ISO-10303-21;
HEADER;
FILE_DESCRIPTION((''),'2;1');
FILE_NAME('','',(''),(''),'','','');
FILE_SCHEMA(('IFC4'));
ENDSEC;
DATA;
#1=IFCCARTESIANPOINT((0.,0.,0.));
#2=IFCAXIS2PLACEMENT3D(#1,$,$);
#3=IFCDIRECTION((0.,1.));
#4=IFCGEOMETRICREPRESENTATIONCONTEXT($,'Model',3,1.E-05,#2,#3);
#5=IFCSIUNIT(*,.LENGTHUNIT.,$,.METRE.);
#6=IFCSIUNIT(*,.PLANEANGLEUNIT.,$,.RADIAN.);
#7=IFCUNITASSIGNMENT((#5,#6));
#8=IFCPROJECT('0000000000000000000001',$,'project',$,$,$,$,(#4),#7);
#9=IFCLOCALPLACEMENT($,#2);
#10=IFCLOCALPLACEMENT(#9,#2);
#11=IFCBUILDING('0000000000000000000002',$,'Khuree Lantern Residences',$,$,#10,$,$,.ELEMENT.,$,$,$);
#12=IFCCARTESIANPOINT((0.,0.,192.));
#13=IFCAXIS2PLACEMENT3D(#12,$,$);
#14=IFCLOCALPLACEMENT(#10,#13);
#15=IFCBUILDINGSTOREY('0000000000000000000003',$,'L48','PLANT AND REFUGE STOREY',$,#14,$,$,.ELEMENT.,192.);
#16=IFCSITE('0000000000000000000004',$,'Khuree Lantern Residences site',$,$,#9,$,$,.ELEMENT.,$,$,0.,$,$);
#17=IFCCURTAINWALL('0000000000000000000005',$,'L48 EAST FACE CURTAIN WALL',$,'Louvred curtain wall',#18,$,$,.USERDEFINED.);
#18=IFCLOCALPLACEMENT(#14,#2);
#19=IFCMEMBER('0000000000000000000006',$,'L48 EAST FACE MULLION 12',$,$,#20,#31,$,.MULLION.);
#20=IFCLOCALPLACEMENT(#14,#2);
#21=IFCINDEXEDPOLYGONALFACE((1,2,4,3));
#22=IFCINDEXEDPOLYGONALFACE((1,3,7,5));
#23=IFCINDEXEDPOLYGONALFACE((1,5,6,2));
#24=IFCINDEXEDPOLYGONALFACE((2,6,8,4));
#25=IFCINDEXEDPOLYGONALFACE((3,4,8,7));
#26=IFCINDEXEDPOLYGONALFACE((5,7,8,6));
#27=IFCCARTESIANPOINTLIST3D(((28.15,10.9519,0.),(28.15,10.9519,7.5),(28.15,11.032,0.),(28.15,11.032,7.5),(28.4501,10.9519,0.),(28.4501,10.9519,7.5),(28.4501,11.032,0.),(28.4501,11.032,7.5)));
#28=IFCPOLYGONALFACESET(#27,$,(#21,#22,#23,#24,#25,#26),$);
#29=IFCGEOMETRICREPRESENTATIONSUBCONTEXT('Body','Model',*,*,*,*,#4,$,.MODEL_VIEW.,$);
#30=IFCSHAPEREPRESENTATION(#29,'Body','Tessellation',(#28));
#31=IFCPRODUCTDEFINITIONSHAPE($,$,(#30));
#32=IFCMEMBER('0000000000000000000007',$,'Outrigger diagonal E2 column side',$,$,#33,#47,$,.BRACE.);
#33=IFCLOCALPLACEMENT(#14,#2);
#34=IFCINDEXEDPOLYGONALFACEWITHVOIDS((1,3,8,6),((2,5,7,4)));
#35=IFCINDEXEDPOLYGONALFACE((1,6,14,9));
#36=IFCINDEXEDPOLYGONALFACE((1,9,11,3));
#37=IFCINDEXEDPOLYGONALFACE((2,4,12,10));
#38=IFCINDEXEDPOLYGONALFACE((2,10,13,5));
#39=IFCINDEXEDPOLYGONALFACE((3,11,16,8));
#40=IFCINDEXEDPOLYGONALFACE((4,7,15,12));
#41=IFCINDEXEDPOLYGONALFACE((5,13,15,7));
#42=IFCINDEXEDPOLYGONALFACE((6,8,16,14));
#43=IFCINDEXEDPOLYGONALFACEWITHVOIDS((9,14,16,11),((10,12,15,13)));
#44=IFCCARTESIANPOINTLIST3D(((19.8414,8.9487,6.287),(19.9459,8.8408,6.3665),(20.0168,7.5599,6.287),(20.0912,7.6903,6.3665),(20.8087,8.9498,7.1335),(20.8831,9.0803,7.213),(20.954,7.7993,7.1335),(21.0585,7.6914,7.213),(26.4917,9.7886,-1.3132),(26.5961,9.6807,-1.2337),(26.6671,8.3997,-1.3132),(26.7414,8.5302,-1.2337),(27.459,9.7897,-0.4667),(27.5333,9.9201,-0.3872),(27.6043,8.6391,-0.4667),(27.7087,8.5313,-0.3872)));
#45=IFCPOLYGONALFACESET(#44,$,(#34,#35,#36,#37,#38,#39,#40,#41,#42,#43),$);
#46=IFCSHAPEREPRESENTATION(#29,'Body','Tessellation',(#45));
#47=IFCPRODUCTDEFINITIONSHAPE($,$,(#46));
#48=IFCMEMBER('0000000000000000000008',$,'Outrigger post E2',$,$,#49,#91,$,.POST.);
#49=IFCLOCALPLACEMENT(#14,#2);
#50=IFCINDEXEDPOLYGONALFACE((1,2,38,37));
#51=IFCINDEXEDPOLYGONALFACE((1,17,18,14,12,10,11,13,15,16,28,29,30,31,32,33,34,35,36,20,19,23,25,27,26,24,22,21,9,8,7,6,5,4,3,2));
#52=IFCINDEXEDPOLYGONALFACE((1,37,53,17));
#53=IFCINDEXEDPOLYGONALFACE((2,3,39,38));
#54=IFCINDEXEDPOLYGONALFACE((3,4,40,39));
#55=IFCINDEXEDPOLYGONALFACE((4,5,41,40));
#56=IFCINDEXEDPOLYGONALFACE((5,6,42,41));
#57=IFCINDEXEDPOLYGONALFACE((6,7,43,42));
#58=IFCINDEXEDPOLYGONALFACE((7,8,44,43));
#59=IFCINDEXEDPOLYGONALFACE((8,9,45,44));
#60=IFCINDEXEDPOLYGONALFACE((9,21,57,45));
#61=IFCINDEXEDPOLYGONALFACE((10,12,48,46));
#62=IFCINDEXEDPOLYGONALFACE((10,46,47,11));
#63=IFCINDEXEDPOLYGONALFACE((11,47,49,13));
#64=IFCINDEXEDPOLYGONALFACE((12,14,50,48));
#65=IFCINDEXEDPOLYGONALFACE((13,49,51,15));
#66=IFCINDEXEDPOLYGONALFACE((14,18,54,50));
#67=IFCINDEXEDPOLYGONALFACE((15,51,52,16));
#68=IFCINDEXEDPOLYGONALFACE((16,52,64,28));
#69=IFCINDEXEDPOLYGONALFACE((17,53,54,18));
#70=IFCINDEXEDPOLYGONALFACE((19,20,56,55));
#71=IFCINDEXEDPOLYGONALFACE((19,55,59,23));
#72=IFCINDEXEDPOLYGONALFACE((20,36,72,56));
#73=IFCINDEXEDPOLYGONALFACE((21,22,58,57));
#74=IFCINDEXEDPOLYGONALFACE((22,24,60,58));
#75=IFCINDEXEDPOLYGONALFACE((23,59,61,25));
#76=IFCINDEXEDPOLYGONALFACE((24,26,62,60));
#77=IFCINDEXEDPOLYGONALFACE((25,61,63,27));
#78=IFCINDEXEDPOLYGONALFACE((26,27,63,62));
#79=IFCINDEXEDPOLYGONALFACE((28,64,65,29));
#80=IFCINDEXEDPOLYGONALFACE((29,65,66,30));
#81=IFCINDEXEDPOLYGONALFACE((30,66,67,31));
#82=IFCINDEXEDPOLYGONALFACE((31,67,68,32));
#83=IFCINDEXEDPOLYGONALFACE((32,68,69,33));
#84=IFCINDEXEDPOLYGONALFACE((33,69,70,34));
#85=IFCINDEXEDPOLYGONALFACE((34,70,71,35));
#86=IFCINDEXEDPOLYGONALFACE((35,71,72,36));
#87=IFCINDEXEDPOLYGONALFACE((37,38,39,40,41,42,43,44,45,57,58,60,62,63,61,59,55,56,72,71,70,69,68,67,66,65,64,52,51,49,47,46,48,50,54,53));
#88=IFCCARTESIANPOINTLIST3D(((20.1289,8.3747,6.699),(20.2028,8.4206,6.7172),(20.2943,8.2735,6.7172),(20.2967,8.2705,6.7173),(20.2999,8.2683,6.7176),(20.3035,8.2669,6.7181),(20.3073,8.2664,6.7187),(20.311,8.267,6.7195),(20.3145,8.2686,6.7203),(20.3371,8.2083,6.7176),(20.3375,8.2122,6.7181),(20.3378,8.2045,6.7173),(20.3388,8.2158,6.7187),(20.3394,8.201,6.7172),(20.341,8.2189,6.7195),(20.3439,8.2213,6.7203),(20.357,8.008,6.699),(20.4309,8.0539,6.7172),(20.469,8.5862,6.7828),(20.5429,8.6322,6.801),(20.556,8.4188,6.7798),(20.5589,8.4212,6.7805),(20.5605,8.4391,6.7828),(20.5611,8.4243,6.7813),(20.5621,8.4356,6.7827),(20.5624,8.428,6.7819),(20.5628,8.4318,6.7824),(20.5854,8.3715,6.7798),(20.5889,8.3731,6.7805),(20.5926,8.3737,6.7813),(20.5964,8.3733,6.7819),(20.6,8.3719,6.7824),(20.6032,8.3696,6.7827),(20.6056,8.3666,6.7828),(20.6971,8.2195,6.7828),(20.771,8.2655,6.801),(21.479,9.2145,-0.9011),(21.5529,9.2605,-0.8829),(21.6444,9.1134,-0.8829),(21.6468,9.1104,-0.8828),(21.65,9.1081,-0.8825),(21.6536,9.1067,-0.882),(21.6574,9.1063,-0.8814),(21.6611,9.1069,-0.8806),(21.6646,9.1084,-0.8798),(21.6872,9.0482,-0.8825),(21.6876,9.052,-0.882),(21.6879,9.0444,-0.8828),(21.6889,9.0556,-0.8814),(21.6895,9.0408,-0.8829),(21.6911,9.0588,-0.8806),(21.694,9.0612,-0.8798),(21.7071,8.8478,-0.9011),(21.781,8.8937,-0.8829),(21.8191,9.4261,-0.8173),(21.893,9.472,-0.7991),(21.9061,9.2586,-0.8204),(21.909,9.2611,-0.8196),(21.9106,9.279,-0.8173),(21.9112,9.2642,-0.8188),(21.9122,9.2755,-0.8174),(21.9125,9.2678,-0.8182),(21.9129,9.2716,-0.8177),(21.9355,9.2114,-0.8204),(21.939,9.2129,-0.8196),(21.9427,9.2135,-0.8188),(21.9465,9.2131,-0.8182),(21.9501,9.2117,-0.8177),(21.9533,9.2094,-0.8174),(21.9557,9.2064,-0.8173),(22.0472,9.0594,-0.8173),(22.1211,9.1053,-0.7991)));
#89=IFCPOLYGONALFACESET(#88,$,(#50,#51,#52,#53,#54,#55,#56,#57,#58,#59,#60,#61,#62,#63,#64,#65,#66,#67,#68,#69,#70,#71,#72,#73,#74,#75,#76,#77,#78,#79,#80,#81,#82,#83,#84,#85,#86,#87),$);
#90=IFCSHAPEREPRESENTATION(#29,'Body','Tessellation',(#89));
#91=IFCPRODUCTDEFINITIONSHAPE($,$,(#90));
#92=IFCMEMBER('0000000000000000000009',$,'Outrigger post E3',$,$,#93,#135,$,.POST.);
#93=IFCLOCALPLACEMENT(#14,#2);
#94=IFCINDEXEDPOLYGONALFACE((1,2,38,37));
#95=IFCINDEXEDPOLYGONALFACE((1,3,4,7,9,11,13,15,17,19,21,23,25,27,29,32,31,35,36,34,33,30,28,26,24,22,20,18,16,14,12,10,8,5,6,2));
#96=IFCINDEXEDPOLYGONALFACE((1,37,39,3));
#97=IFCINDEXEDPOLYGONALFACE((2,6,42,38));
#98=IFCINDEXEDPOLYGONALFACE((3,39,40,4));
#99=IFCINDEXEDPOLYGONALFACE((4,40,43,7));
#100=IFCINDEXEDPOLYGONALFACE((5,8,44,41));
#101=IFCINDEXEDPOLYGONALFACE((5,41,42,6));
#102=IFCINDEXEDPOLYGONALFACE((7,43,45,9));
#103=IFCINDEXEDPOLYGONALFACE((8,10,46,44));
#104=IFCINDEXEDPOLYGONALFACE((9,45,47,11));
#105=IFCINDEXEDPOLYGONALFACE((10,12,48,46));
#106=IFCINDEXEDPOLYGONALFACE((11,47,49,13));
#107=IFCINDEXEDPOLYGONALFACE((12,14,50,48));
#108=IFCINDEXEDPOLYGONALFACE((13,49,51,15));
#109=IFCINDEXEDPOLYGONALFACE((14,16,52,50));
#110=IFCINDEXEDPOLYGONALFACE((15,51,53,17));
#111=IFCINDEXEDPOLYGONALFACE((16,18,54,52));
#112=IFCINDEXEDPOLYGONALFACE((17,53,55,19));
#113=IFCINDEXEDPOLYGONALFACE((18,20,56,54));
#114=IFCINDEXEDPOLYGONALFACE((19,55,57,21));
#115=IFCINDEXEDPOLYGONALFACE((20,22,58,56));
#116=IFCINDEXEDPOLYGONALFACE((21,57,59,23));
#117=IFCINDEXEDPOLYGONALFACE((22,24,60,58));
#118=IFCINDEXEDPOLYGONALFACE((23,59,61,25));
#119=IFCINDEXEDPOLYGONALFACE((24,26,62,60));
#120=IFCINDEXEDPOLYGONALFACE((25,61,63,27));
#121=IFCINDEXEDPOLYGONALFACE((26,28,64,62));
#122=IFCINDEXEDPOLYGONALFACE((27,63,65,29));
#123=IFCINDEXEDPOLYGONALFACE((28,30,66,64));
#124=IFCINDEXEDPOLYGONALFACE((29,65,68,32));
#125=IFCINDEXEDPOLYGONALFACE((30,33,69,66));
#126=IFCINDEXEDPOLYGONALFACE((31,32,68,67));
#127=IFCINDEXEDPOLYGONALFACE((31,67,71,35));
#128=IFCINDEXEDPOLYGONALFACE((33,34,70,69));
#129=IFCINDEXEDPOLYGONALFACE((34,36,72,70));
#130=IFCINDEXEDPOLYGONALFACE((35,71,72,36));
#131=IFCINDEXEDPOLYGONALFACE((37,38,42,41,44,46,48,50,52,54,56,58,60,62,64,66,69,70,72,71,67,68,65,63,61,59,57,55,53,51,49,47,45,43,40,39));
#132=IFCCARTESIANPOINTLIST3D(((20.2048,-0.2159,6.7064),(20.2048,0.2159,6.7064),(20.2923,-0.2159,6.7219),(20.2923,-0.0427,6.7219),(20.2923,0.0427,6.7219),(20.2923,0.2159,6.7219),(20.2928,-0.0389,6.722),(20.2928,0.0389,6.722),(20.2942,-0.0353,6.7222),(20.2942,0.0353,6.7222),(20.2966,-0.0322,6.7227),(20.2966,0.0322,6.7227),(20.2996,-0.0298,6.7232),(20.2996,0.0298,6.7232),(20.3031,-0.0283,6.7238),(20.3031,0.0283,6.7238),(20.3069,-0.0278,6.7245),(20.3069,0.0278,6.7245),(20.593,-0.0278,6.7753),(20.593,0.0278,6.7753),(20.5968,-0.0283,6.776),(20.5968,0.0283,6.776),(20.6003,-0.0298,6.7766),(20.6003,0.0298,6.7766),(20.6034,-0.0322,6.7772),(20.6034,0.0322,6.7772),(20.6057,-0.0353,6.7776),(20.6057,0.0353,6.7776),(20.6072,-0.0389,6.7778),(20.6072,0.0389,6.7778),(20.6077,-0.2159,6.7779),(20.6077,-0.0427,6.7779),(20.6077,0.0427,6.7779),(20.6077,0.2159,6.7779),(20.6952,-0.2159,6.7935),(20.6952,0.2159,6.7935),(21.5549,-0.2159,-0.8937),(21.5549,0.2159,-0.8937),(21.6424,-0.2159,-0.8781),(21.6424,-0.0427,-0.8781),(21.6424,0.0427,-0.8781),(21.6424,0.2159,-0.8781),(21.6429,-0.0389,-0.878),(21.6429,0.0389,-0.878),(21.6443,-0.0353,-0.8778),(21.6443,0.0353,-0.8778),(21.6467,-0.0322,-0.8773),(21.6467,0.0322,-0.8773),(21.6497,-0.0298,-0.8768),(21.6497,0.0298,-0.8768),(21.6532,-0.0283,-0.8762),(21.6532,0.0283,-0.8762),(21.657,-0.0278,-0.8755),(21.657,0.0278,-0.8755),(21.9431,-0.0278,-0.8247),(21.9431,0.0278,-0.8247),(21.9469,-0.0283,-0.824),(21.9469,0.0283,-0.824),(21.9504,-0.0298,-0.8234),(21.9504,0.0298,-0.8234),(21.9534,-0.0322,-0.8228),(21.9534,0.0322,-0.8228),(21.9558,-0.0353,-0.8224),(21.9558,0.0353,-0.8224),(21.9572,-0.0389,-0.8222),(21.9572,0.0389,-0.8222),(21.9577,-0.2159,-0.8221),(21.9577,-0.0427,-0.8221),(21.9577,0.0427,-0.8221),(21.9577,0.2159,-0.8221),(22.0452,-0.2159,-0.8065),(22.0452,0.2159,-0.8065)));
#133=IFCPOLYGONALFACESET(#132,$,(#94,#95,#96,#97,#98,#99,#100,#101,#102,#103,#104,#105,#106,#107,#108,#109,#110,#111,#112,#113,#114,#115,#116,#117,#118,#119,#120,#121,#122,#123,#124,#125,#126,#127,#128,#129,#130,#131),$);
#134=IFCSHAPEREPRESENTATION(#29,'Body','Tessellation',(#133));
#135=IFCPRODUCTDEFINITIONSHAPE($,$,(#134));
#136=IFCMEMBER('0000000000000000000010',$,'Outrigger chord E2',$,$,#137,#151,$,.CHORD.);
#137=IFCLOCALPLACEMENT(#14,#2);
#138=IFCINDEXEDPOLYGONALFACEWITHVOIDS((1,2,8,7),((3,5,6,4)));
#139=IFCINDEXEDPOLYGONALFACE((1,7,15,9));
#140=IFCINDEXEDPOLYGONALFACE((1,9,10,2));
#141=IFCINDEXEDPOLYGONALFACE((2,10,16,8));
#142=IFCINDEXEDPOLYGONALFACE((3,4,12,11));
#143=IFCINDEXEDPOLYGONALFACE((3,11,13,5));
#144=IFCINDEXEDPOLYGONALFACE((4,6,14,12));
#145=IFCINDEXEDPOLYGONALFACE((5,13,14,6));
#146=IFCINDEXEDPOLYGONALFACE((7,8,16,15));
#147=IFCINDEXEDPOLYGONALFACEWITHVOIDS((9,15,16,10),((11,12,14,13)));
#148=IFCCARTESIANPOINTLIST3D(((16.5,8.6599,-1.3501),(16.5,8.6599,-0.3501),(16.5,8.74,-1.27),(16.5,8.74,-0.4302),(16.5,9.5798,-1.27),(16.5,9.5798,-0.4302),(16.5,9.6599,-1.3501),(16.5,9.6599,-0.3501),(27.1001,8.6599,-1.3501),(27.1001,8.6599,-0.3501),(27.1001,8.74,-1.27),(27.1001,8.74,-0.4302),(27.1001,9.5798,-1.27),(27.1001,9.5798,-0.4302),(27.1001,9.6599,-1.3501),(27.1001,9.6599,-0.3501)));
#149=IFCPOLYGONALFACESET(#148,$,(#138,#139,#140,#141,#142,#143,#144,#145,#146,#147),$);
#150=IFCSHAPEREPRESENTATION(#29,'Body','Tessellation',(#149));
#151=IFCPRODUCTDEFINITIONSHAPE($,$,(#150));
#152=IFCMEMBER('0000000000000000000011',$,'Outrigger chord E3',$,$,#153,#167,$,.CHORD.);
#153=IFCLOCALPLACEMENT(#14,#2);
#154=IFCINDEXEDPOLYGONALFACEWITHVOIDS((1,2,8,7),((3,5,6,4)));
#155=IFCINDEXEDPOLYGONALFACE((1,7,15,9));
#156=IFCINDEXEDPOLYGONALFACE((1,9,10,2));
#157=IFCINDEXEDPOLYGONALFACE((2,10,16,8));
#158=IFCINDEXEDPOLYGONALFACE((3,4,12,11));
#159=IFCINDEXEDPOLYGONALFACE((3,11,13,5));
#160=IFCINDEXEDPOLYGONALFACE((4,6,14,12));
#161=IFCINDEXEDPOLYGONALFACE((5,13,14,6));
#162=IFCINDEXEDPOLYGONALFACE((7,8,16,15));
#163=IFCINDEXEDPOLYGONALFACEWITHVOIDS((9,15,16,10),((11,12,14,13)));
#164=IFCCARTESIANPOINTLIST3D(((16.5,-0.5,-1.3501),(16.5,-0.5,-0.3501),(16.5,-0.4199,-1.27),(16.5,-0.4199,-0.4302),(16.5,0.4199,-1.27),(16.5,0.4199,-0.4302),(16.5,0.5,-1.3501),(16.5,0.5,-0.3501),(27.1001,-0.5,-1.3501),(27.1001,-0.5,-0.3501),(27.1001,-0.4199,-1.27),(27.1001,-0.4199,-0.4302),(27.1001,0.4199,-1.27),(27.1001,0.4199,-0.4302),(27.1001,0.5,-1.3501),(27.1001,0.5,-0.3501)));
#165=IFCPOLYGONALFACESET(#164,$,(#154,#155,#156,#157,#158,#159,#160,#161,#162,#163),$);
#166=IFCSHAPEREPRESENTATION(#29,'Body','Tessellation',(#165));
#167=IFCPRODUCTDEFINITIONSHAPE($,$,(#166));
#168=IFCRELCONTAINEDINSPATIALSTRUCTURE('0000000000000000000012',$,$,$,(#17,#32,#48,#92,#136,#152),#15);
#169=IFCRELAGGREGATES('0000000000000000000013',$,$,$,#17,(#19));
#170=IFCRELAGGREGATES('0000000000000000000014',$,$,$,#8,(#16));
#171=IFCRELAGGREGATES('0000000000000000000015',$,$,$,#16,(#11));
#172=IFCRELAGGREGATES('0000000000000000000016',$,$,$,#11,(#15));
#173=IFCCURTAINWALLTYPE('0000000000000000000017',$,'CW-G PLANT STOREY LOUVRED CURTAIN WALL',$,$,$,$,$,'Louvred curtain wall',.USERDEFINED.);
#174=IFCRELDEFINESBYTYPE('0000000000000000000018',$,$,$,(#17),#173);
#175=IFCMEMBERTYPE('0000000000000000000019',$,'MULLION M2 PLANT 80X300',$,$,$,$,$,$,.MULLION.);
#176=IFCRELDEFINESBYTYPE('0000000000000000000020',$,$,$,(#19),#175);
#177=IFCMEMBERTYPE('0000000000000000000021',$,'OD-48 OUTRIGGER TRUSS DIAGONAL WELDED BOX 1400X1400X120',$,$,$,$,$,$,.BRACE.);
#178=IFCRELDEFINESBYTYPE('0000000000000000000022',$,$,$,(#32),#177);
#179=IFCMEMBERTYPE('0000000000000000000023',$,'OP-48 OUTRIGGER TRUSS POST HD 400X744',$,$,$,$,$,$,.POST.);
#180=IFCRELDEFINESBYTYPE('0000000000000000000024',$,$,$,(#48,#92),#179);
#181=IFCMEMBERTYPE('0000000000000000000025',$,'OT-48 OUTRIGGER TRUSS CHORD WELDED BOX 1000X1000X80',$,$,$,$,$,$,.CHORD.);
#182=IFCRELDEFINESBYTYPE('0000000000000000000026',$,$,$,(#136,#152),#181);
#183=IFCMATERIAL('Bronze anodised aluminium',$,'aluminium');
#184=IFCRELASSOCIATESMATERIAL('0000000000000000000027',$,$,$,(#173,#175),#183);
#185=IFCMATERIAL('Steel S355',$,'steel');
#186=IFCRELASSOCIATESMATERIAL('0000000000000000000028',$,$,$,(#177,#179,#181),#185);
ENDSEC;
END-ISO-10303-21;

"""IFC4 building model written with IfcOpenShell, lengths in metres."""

from ifc_helpers import new_model, si_unit, direction, frame, origin, origin_2d, place, context, subcontext, project, spatial, rectangle, hollow_rectangle, i_section, extrude, material, material_profile, profile_set, type_object, element, aggregate, save


model = new_model("IFC4")

# Units and contexts
model_context = context("Model", 3, precision=1e-05, world=origin(), true_north=direction((0.0, 1.0)))
body_context = subcontext(model_context, "Body", "Model", "MODEL_VIEW")
ifc_project = project(units=[si_unit("LENGTHUNIT", "METRE"), si_unit("PLANEANGLEUNIT", "RADIAN")], contexts=[model_context])

# Site, building, storey
site_placement = place(None, origin())
site = spatial("IfcSite", under=ifc_project, at=site_placement, Name="Khuree Lantern Residences site", CompositionType="ELEMENT", RefElevation=0.0)
building_placement = place(site_placement, origin())
building = spatial("IfcBuilding", under=site, at=building_placement, Name="Khuree Lantern Residences", CompositionType="ELEMENT")
storey_placement = place(building_placement, frame((0.0, 0.0, 192.0)))
storey = spatial("IfcBuildingStorey", under=building, at=storey_placement, Name="L48", Description="PLANT AND REFUGE STOREY", CompositionType="ELEMENT", Elevation=192.0)

# Shared definitions
ifc_material_1 = material(Name="Steel S355", Category="steel")

# Curtain wall, member
ifc_material_2 = material(Name="Bronze anodised aluminium", Category="aluminium")
curtain_wall_type = type_object("IfcCurtainWallType", Name="CW-G PLANT STOREY LOUVRED CURTAIN WALL", ElementType="Louvred curtain wall", PredefinedType="USERDEFINED", material=ifc_material_2)
curtain_wall_placement = place(storey_placement, origin())
curtain_wall = element("IfcCurtainWall", 1, at=curtain_wall_placement, inside=storey, type_object=curtain_wall_type, Name="L48 EAST FACE CURTAIN WALL", ObjectType="Louvred curtain wall", PredefinedType="USERDEFINED")
ifc_material_profile_1 = material_profile(ifc_material_2, rectangle(XDim=0.0801, YDim=0.3, at=origin_2d()), Name="M2 80X300")
ifc_profile_set_1 = profile_set([ifc_material_profile_1], Name="Bronze anodised aluminium")
member_type_1 = type_object("IfcMemberType", Name="MULLION M2 PLANT 80X300", PredefinedType="MULLION", material=ifc_profile_set_1)
member_1_placement = place(storey_placement, frame((28.3, 10.9919, 0.0), z_axis=(0.0, 0.0, 1.0), x_axis=(0.0, 1.0, 0.0)))
member_1 = element("IfcMember", 2, at=member_1_placement, type_object=member_type_1, Name="L48 EAST FACE MULLION 12", PredefinedType="MULLION", context=body_context, shape_type="SweptSolid", body=[
    extrude(rectangle(XDim=0.0801, YDim=0.3, at=origin_2d()), origin(), (0.0, 0.0, 1.0), 7.5),
])

# Members
ifc_material_profile_2 = material_profile(ifc_material_1, hollow_rectangle(XDim=1.3999, YDim=1.3999, WallThickness=0.1201, at=origin_2d()), Name="WELDED BOX 1400X1400X120")
ifc_profile_set_2 = profile_set([ifc_material_profile_2], Name="Steel S355")
member_type_2 = type_object("IfcMemberType", Name="OD-48 OUTRIGGER TRUSS DIAGONAL WELDED BOX 1400X1400X120", PredefinedType="BRACE", material=ifc_profile_set_2)
member_2_placement = place(storey_placement, frame((20.45, 8.3201, 6.75), z_axis=(0.656243, 0.082877, -0.749985), x_axis=(-0.125294, 0.99212, 0.0)))
element("IfcMember", 3, at=member_2_placement, inside=storey, type_object=member_type_2, Name="Outrigger diagonal E2 column side", PredefinedType="BRACE", context=body_context, shape_type="SweptSolid", body=[
    extrude(hollow_rectangle(XDim=1.3999, YDim=1.3999, WallThickness=0.1201, at=origin_2d()), origin(), (0.0, 0.0, 1.0), 10.1338),
])
ifc_material_profile_3 = material_profile(ifc_material_1, i_section(OverallWidth=0.4319, OverallDepth=0.498, WebThickness=0.0557, FlangeThickness=0.0889, FilletRadius=0.0149, at=origin_2d()), Name="HD 400X744")
ifc_profile_set_3 = profile_set([ifc_material_profile_3], Name="Steel S355")
member_type_3 = type_object("IfcMemberType", Name="OP-48 OUTRIGGER TRUSS POST HD 400X744", PredefinedType="POST", material=ifc_profile_set_3)
member_3_placement = place(storey_placement, frame((21.8, 9.1599, -0.8501), z_axis=(-0.173878, -0.108163, 0.978809), x_axis=(0.528203, -0.849118, 0.0)))
element("IfcMember", 4, at=member_3_placement, inside=storey, type_object=member_type_3, Name="Outrigger post E2", PredefinedType="POST", context=body_context, shape_type="SweptSolid", body=[
    extrude(i_section(OverallWidth=0.4319, OverallDepth=0.498, WebThickness=0.0557, FlangeThickness=0.0889, FilletRadius=0.0149, at=origin_2d()), origin(), (0.0, 0.0, 1.0), 7.7646),
])
member_4_placement = place(storey_placement, frame((21.8, 0.0, -0.8501), z_axis=(-0.174904, 0.0, 0.984586), x_axis=(0.0, -1.0, 0.0)))
element("IfcMember", 5, at=member_4_placement, inside=storey, type_object=member_type_3, Name="Outrigger post E3", PredefinedType="POST", context=body_context, shape_type="SweptSolid", body=[
    extrude(i_section(OverallWidth=0.4319, OverallDepth=0.498, WebThickness=0.0557, FlangeThickness=0.0889, FilletRadius=0.0149, at=origin_2d()), origin(), (0.0, 0.0, 1.0), 7.719),
])
ifc_material_profile_4 = material_profile(ifc_material_1, hollow_rectangle(XDim=1.0, YDim=1.0, WallThickness=0.0801, at=origin_2d()), Name="WELDED BOX 1000X1000X80")
ifc_profile_set_4 = profile_set([ifc_material_profile_4], Name="Steel S355")
member_type_4 = type_object("IfcMemberType", Name="OT-48 OUTRIGGER TRUSS CHORD WELDED BOX 1000X1000X80", PredefinedType="CHORD", material=ifc_profile_set_4)
for number, where, z_axis, x_axis, name in (
    (6, (27.1001, 9.1599, -0.8501), (-1.0, 0.0, 0.0), (0.0, -1.0, 0.0), "Outrigger chord E2"),
    (7, (27.1001, 0.0, -0.8501), (-1.0, 0.0, 0.0), (0.0, -1.0, 0.0), "Outrigger chord E3"),
):
    element("IfcMember", number, at=place(storey_placement, frame(where, z_axis=z_axis, x_axis=x_axis)), inside=storey, type_object=member_type_4, Name=name, PredefinedType="CHORD", context=body_context, shape_type="SweptSolid", body=[
        extrude(hollow_rectangle(XDim=1.0, YDim=1.0, WallThickness=0.0801, at=origin_2d()), origin(), (0.0, 0.0, 1.0), 10.6001),
    ])

aggregate(curtain_wall, [member_1])

save(model, "model.ifc")
